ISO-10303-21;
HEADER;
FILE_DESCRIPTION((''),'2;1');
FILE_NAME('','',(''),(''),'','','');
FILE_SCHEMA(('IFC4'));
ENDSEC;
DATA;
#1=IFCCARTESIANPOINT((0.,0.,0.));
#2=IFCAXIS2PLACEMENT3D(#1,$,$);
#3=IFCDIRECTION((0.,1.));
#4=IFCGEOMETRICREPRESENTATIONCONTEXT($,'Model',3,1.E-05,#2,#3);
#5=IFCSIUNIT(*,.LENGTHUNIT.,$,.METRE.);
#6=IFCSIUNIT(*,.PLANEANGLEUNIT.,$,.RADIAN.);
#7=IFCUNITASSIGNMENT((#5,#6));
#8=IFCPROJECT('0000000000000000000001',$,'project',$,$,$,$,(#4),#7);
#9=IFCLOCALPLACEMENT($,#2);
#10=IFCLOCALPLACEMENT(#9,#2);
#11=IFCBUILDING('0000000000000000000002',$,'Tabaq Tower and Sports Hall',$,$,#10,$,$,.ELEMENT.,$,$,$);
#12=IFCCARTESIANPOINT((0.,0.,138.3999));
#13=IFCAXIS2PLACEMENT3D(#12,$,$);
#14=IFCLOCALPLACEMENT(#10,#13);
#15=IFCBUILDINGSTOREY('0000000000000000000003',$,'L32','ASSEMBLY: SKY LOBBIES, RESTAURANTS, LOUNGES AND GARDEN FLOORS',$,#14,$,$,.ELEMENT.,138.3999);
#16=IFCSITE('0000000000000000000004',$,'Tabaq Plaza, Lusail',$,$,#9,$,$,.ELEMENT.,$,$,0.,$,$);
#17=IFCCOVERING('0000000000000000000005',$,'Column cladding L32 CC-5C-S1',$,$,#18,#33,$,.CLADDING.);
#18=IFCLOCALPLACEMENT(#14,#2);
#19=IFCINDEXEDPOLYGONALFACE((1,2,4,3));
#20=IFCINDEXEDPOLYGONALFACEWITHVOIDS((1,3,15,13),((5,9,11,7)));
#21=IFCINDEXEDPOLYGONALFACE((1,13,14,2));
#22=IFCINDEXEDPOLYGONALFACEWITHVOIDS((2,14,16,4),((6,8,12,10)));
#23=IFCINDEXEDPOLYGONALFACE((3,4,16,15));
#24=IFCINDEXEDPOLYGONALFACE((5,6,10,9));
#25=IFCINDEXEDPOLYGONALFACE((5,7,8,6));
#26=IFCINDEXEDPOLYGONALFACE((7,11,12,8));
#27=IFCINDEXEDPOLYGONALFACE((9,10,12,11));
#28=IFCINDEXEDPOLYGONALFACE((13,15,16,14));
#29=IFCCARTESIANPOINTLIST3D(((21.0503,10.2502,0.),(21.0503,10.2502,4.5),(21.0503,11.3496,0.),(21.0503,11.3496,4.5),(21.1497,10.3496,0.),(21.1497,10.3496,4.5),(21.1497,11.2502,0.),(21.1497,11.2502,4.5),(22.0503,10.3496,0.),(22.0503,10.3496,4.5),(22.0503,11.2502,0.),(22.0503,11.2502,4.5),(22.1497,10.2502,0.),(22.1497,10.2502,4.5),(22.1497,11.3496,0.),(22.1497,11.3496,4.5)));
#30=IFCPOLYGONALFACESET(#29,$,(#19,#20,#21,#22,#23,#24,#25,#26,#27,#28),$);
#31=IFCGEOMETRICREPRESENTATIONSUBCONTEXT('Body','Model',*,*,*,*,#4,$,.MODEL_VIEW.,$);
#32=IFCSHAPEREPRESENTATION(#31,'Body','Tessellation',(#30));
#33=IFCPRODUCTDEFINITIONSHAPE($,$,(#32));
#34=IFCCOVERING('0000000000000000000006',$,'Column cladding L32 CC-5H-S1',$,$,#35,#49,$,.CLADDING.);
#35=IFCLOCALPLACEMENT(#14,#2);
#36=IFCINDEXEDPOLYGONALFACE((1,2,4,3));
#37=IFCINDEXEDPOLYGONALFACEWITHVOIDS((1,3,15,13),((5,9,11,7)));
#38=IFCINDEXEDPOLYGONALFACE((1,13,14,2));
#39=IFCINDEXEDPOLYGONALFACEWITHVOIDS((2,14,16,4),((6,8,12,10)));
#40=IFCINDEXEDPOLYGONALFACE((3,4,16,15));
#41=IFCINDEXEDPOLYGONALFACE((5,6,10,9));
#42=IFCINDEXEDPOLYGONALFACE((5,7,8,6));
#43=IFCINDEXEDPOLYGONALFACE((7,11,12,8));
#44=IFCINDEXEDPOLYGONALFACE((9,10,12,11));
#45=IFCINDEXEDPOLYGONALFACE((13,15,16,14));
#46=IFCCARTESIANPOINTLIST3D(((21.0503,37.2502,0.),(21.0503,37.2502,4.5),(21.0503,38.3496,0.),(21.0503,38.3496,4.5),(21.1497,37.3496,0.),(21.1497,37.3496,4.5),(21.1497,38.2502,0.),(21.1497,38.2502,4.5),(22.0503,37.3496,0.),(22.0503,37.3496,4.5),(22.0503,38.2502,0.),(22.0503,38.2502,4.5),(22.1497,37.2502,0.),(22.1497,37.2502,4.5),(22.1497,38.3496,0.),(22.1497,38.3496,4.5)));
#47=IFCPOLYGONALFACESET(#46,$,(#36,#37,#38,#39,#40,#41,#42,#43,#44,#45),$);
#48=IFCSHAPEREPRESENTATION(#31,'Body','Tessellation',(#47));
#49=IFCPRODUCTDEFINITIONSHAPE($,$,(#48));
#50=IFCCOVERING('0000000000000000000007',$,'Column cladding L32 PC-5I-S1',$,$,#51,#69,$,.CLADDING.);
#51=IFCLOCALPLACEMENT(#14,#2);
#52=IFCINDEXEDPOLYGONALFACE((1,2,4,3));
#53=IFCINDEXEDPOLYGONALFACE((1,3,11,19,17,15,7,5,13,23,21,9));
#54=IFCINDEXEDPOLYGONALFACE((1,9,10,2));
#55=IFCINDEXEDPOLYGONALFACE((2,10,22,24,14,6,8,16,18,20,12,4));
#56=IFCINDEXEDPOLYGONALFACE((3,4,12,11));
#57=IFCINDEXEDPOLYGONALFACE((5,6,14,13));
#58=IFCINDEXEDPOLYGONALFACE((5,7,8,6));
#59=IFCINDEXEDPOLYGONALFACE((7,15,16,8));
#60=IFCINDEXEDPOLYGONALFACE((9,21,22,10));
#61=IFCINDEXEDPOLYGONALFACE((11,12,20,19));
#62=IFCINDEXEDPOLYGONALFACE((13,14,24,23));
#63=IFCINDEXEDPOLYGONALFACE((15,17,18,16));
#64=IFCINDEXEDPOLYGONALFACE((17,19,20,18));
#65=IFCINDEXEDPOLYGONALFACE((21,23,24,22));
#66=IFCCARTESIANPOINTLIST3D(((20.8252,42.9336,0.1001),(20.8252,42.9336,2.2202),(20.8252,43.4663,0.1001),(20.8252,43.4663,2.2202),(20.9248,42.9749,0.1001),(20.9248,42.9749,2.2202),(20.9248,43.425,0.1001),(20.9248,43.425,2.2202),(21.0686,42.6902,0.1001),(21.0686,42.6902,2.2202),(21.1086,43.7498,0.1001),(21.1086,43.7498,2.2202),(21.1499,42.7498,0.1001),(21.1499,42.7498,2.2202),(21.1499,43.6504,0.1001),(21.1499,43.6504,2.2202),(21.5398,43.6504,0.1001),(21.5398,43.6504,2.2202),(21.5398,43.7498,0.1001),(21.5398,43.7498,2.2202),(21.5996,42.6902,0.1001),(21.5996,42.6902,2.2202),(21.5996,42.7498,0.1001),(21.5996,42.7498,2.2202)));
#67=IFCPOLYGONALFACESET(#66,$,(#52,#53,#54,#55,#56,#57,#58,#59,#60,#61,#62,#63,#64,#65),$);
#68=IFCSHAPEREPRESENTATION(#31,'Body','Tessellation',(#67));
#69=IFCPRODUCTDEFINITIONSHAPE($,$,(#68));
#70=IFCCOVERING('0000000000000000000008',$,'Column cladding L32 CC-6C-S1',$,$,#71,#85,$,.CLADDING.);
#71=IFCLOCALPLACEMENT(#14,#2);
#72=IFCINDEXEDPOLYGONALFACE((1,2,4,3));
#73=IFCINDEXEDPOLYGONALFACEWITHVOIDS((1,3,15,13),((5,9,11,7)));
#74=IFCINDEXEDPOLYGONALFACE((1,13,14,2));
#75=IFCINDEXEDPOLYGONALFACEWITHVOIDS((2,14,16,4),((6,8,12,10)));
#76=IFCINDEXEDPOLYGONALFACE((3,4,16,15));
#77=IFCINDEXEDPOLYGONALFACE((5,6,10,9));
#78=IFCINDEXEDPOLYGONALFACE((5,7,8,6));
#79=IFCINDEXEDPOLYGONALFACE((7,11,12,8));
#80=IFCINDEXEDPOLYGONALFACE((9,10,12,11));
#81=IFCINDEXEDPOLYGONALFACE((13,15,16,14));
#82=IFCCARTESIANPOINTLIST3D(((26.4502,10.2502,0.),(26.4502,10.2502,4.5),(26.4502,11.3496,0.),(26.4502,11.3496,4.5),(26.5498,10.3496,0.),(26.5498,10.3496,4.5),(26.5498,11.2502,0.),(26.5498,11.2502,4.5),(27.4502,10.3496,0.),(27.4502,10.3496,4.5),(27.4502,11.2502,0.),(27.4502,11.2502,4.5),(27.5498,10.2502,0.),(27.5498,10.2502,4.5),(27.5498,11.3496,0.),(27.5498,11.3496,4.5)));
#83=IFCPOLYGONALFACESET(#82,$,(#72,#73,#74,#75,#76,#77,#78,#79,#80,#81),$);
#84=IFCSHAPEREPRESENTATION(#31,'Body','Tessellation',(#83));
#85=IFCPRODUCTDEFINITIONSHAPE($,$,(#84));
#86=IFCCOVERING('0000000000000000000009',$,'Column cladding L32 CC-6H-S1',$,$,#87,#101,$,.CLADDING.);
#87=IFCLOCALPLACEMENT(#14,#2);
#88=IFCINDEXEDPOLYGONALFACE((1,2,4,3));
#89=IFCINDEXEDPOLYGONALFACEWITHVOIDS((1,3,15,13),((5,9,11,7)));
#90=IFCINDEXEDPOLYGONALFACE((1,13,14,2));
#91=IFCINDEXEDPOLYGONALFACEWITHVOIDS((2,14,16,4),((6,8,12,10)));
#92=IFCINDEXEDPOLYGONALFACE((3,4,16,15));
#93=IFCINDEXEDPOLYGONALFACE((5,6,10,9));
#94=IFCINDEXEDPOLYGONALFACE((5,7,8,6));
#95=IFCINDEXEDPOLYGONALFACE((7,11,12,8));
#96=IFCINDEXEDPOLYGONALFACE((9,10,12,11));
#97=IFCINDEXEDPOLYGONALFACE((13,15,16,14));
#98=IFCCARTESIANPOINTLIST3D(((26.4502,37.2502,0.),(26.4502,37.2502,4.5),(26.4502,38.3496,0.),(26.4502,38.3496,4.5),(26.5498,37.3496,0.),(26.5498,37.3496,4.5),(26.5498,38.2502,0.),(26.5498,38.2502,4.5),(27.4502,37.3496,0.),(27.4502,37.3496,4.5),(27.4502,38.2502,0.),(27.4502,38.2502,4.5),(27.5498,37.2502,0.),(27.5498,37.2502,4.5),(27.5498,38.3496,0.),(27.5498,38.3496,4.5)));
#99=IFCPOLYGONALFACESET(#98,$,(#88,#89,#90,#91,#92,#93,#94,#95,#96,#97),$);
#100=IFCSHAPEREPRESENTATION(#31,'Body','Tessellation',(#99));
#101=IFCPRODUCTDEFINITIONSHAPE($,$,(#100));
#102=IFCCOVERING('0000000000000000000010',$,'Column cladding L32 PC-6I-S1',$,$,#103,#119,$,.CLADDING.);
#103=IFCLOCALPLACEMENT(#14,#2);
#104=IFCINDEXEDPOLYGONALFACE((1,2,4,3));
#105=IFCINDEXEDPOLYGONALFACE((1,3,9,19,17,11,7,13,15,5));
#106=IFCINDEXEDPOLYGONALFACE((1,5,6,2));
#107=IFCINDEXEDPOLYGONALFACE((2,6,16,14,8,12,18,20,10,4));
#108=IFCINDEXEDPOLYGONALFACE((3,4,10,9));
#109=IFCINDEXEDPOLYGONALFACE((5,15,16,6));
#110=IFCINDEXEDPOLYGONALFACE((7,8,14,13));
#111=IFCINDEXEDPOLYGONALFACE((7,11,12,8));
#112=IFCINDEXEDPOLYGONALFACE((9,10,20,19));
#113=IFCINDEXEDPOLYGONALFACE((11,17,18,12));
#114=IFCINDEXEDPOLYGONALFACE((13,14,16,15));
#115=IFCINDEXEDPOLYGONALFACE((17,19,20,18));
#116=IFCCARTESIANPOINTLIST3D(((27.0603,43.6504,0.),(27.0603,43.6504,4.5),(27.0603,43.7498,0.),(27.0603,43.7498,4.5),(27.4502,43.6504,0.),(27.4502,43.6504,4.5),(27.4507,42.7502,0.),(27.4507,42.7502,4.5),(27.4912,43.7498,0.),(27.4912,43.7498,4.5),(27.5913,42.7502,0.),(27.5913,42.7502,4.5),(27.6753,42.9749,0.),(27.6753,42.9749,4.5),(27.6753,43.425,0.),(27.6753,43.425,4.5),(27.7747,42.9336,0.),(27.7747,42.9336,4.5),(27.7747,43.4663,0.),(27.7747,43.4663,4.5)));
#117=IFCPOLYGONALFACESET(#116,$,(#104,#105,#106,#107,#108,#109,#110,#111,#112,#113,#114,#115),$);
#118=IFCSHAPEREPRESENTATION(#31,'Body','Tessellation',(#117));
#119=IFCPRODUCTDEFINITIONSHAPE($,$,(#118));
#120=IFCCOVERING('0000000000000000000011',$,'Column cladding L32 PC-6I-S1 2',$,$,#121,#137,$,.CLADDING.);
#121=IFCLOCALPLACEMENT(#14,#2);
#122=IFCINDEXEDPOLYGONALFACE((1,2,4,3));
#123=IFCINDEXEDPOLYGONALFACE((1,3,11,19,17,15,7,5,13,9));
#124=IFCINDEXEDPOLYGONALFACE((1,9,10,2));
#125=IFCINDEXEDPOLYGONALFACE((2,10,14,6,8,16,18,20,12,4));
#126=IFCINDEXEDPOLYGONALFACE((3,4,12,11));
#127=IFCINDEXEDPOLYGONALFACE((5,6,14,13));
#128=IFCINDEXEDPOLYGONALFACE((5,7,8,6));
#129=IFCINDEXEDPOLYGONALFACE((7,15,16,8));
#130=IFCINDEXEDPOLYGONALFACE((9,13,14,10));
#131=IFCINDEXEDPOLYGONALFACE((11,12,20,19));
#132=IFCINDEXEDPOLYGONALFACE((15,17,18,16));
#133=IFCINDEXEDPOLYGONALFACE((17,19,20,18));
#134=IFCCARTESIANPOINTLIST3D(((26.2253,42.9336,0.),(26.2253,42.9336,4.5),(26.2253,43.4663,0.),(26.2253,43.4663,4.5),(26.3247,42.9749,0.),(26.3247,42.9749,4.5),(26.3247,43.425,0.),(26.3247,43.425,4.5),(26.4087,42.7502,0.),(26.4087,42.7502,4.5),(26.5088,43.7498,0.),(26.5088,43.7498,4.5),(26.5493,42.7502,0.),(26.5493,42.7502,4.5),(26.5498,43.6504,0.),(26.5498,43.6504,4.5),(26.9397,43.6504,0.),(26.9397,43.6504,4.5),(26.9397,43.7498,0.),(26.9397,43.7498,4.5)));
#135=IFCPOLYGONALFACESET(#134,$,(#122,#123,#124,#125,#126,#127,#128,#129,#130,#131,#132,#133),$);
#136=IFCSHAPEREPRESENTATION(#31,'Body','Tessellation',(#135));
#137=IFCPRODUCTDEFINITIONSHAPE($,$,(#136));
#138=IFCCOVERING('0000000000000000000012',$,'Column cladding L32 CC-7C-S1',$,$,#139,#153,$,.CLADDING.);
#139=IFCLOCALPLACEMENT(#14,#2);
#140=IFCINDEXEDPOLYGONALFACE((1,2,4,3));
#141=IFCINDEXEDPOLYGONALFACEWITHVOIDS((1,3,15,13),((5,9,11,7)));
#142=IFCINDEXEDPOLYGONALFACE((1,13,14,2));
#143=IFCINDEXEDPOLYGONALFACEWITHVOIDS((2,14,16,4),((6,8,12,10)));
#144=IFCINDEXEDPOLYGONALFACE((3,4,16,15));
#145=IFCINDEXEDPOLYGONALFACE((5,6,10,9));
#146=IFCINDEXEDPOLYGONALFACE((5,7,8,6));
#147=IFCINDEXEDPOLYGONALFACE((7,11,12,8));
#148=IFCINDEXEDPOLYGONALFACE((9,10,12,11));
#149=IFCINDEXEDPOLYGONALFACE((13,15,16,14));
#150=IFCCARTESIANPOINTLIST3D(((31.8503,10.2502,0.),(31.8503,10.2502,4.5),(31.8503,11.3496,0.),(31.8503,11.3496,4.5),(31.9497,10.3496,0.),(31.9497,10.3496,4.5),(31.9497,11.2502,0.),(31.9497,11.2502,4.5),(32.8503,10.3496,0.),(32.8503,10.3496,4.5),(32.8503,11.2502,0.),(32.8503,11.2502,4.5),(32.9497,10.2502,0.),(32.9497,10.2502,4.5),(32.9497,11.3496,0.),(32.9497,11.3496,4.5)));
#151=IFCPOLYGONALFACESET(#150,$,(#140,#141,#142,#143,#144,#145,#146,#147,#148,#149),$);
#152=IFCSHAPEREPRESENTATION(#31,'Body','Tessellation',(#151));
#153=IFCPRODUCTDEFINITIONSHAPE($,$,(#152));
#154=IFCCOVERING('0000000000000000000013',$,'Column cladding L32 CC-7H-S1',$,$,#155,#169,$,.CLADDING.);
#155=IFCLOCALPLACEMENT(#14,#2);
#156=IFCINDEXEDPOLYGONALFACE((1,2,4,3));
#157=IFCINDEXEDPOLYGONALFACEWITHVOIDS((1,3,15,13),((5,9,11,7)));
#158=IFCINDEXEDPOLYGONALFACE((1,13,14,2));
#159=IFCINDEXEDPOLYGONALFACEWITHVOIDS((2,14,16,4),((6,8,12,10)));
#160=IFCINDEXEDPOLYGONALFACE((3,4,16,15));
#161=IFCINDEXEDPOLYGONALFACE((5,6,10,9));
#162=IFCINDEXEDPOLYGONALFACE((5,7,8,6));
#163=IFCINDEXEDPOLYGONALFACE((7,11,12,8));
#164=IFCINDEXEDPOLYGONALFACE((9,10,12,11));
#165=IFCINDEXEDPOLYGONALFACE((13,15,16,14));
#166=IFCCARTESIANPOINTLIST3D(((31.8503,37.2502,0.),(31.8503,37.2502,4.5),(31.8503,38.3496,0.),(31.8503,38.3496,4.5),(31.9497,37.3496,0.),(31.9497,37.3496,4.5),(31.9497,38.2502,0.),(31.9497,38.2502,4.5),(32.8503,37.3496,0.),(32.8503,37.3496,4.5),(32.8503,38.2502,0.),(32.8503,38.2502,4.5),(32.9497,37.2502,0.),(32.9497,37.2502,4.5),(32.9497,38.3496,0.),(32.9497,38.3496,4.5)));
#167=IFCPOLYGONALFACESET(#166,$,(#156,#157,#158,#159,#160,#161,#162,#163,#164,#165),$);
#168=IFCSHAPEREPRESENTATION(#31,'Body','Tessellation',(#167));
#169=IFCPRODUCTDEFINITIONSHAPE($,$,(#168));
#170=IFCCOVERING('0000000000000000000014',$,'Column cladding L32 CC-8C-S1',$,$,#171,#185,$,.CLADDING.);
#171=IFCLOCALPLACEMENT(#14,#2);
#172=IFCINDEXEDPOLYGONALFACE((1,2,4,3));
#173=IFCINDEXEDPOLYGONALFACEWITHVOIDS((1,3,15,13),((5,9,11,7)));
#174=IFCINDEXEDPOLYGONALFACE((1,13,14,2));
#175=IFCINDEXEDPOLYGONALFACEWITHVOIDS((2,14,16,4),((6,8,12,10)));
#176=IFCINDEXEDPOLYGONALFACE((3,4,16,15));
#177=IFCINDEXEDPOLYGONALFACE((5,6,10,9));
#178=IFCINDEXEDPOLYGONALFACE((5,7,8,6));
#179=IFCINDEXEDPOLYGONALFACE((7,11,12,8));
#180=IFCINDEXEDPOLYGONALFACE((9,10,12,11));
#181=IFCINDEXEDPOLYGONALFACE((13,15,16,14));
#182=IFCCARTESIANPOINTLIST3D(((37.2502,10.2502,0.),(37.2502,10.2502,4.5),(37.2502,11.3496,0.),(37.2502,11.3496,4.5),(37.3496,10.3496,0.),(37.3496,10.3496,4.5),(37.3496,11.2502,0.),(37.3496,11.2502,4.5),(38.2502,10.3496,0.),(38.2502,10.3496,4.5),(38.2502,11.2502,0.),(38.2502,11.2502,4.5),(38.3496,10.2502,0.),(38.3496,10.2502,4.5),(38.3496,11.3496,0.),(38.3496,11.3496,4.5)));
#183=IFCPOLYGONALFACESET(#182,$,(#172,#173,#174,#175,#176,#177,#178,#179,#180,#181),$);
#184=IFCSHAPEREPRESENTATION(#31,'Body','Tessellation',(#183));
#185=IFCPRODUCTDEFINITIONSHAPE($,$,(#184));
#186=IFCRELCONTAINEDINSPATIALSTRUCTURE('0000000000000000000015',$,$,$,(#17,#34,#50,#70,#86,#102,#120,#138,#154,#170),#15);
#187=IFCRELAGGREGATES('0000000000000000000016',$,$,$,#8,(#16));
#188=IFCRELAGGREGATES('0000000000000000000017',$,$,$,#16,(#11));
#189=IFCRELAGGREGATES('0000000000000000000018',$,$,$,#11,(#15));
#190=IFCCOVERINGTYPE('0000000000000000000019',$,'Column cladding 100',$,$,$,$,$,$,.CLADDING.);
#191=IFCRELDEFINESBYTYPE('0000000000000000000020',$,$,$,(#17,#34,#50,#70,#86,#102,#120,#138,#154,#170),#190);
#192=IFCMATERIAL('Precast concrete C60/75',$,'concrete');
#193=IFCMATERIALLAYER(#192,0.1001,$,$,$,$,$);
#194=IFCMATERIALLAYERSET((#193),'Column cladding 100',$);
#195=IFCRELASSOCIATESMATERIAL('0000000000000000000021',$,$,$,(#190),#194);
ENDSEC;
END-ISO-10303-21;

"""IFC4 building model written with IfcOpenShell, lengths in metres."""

from ifc_helpers import new_model, si_unit, direction, frame, origin, place, context, subcontext, project, spatial, polyline, outline, extrude, material, layer, layer_set, type_object, element, save


model = new_model("IFC4")

# Units and contexts
model_context = context("Model", 3, precision=1e-05, world=origin(), true_north=direction((0.0, 1.0)))
body_context = subcontext(model_context, "Body", "Model", "MODEL_VIEW")
ifc_project = project(units=[si_unit("LENGTHUNIT", "METRE"), si_unit("PLANEANGLEUNIT", "RADIAN")], contexts=[model_context])

# Site, building, storey
site_placement = place(None, origin())
site = spatial("IfcSite", under=ifc_project, at=site_placement, Name="Tabaq Plaza, Lusail", CompositionType="ELEMENT", RefElevation=0.0)
building_placement = place(site_placement, origin())
building = spatial("IfcBuilding", under=site, at=building_placement, Name="Tabaq Tower and Sports Hall", CompositionType="ELEMENT")
storey_placement = place(building_placement, frame((0.0, 0.0, 138.3999)))
storey = spatial("IfcBuildingStorey", under=building, at=storey_placement, Name="L32", Description="ASSEMBLY: SKY LOBBIES, RESTAURANTS, LOUNGES AND GARDEN FLOORS", CompositionType="ELEMENT", Elevation=138.3999)

# Coverings
ifc_material_1 = material(Name="Precast concrete C60/75", Category="concrete")
ifc_layer_1 = layer(ifc_material_1, 0.1001)
ifc_layer_set_1 = layer_set([ifc_layer_1], Name="Column cladding 100")
covering_type = type_object("IfcCoveringType", Name="Column cladding 100", PredefinedType="CLADDING", material=ifc_layer_set_1)
covering_1_placement = place(storey_placement, origin())
element("IfcCovering", 1, at=covering_1_placement, inside=storey, type_object=covering_type, Name="Column cladding L32 CC-5C-S1", PredefinedType="CLADDING", context=body_context, shape_type="SweptSolid", body=[
    extrude(outline(polyline([(21.0503, 11.3496), (22.1497, 11.3496), (22.1497, 10.2502), (21.0503, 10.2502), (21.0503, 11.3496)]), holes=[polyline([(22.0503, 10.3496), (22.0503, 11.2502), (21.1497, 11.2502), (21.1497, 10.3496), (22.0503, 10.3496)])]), origin(), (0.0, 0.0, 1.0), 4.5),
])
covering_2_placement = place(storey_placement, origin())
element("IfcCovering", 2, at=covering_2_placement, inside=storey, type_object=covering_type, Name="Column cladding L32 CC-5H-S1", PredefinedType="CLADDING", context=body_context, shape_type="SweptSolid", body=[
    extrude(outline(polyline([(21.0503, 38.3496), (22.1497, 38.3496), (22.1497, 37.2502), (21.0503, 37.2502), (21.0503, 38.3496)]), holes=[polyline([(22.0503, 37.3496), (22.0503, 38.2502), (21.1497, 38.2502), (21.1497, 37.3496), (22.0503, 37.3496)])]), origin(), (0.0, 0.0, 1.0), 4.5),
])
covering_3_placement = place(storey_placement, frame((0.0, 0.0, 0.1001)))
element("IfcCovering", 3, at=covering_3_placement, inside=storey, type_object=covering_type, Name="Column cladding L32 PC-5I-S1", PredefinedType="CLADDING", context=body_context, shape_type="SweptSolid", body=[
    extrude(outline(polyline([(20.8252, 43.4663), (21.1086, 43.7498), (21.5398, 43.7498), (21.5398, 43.6504), (21.1499, 43.6504), (20.9248, 43.425), (20.9248, 42.9749), (21.1499, 42.7498), (21.5996, 42.7498), (21.5996, 42.6902), (21.0686, 42.6902), (20.8252, 42.9336), (20.8252, 43.4663)])), origin(), (0.0, 0.0, 1.0), 2.1201),
])
covering_4_placement = place(storey_placement, origin())
element("IfcCovering", 4, at=covering_4_placement, inside=storey, type_object=covering_type, Name="Column cladding L32 CC-6C-S1", PredefinedType="CLADDING", context=body_context, shape_type="SweptSolid", body=[
    extrude(outline(polyline([(26.4502, 11.3496), (27.5498, 11.3496), (27.5498, 10.2502), (26.4502, 10.2502), (26.4502, 11.3496)]), holes=[polyline([(27.4502, 10.3496), (27.4502, 11.2502), (26.5498, 11.2502), (26.5498, 10.3496), (27.4502, 10.3496)])]), origin(), (0.0, 0.0, 1.0), 4.5),
])
covering_5_placement = place(storey_placement, origin())
element("IfcCovering", 5, at=covering_5_placement, inside=storey, type_object=covering_type, Name="Column cladding L32 CC-6H-S1", PredefinedType="CLADDING", context=body_context, shape_type="SweptSolid", body=[
    extrude(outline(polyline([(26.4502, 38.3496), (27.5498, 38.3496), (27.5498, 37.2502), (26.4502, 37.2502), (26.4502, 38.3496)]), holes=[polyline([(27.4502, 37.3496), (27.4502, 38.2502), (26.5498, 38.2502), (26.5498, 37.3496), (27.4502, 37.3496)])]), origin(), (0.0, 0.0, 1.0), 4.5),
])
covering_6_placement = place(storey_placement, origin())
element("IfcCovering", 6, at=covering_6_placement, inside=storey, type_object=covering_type, Name="Column cladding L32 PC-6I-S1", PredefinedType="CLADDING", context=body_context, shape_type="SweptSolid", body=[
    extrude(outline(polyline([(27.4912, 43.7498), (27.7747, 43.4663), (27.7747, 42.9336), (27.5913, 42.7502), (27.4507, 42.7502), (27.6753, 42.9749), (27.6753, 43.425), (27.4502, 43.6504), (27.0603, 43.6504), (27.0603, 43.7498), (27.4912, 43.7498)])), origin(), (0.0, 0.0, 1.0), 4.5),
])
covering_7_placement = place(storey_placement, origin())
element("IfcCovering", 7, at=covering_7_placement, inside=storey, type_object=covering_type, Name="Column cladding L32 PC-6I-S1 2", PredefinedType="CLADDING", context=body_context, shape_type="SweptSolid", body=[
    extrude(outline(polyline([(26.2253, 43.4663), (26.5088, 43.7498), (26.9397, 43.7498), (26.9397, 43.6504), (26.5498, 43.6504), (26.3247, 43.425), (26.3247, 42.9749), (26.5493, 42.7502), (26.4087, 42.7502), (26.2253, 42.9336), (26.2253, 43.4663)])), origin(), (0.0, 0.0, 1.0), 4.5),
])
covering_8_placement = place(storey_placement, origin())
element("IfcCovering", 8, at=covering_8_placement, inside=storey, type_object=covering_type, Name="Column cladding L32 CC-7C-S1", PredefinedType="CLADDING", context=body_context, shape_type="SweptSolid", body=[
    extrude(outline(polyline([(31.8503, 11.3496), (32.9497, 11.3496), (32.9497, 10.2502), (31.8503, 10.2502), (31.8503, 11.3496)]), holes=[polyline([(32.8503, 10.3496), (32.8503, 11.2502), (31.9497, 11.2502), (31.9497, 10.3496), (32.8503, 10.3496)])]), origin(), (0.0, 0.0, 1.0), 4.5),
])
covering_9_placement = place(storey_placement, origin())
element("IfcCovering", 9, at=covering_9_placement, inside=storey, type_object=covering_type, Name="Column cladding L32 CC-7H-S1", PredefinedType="CLADDING", context=body_context, shape_type="SweptSolid", body=[
    extrude(outline(polyline([(31.8503, 38.3496), (32.9497, 38.3496), (32.9497, 37.2502), (31.8503, 37.2502), (31.8503, 38.3496)]), holes=[polyline([(32.8503, 37.3496), (32.8503, 38.2502), (31.9497, 38.2502), (31.9497, 37.3496), (32.8503, 37.3496)])]), origin(), (0.0, 0.0, 1.0), 4.5),
])
covering_10_placement = place(storey_placement, origin())
element("IfcCovering", 10, at=covering_10_placement, inside=storey, type_object=covering_type, Name="Column cladding L32 CC-8C-S1", PredefinedType="CLADDING", context=body_context, shape_type="SweptSolid", body=[
    extrude(outline(polyline([(37.2502, 11.3496), (38.3496, 11.3496), (38.3496, 10.2502), (37.2502, 10.2502), (37.2502, 11.3496)]), holes=[polyline([(38.2502, 10.3496), (38.2502, 11.2502), (37.3496, 11.2502), (37.3496, 10.3496), (38.2502, 10.3496)])]), origin(), (0.0, 0.0, 1.0), 4.5),
])

save(model, "model.ifc")
